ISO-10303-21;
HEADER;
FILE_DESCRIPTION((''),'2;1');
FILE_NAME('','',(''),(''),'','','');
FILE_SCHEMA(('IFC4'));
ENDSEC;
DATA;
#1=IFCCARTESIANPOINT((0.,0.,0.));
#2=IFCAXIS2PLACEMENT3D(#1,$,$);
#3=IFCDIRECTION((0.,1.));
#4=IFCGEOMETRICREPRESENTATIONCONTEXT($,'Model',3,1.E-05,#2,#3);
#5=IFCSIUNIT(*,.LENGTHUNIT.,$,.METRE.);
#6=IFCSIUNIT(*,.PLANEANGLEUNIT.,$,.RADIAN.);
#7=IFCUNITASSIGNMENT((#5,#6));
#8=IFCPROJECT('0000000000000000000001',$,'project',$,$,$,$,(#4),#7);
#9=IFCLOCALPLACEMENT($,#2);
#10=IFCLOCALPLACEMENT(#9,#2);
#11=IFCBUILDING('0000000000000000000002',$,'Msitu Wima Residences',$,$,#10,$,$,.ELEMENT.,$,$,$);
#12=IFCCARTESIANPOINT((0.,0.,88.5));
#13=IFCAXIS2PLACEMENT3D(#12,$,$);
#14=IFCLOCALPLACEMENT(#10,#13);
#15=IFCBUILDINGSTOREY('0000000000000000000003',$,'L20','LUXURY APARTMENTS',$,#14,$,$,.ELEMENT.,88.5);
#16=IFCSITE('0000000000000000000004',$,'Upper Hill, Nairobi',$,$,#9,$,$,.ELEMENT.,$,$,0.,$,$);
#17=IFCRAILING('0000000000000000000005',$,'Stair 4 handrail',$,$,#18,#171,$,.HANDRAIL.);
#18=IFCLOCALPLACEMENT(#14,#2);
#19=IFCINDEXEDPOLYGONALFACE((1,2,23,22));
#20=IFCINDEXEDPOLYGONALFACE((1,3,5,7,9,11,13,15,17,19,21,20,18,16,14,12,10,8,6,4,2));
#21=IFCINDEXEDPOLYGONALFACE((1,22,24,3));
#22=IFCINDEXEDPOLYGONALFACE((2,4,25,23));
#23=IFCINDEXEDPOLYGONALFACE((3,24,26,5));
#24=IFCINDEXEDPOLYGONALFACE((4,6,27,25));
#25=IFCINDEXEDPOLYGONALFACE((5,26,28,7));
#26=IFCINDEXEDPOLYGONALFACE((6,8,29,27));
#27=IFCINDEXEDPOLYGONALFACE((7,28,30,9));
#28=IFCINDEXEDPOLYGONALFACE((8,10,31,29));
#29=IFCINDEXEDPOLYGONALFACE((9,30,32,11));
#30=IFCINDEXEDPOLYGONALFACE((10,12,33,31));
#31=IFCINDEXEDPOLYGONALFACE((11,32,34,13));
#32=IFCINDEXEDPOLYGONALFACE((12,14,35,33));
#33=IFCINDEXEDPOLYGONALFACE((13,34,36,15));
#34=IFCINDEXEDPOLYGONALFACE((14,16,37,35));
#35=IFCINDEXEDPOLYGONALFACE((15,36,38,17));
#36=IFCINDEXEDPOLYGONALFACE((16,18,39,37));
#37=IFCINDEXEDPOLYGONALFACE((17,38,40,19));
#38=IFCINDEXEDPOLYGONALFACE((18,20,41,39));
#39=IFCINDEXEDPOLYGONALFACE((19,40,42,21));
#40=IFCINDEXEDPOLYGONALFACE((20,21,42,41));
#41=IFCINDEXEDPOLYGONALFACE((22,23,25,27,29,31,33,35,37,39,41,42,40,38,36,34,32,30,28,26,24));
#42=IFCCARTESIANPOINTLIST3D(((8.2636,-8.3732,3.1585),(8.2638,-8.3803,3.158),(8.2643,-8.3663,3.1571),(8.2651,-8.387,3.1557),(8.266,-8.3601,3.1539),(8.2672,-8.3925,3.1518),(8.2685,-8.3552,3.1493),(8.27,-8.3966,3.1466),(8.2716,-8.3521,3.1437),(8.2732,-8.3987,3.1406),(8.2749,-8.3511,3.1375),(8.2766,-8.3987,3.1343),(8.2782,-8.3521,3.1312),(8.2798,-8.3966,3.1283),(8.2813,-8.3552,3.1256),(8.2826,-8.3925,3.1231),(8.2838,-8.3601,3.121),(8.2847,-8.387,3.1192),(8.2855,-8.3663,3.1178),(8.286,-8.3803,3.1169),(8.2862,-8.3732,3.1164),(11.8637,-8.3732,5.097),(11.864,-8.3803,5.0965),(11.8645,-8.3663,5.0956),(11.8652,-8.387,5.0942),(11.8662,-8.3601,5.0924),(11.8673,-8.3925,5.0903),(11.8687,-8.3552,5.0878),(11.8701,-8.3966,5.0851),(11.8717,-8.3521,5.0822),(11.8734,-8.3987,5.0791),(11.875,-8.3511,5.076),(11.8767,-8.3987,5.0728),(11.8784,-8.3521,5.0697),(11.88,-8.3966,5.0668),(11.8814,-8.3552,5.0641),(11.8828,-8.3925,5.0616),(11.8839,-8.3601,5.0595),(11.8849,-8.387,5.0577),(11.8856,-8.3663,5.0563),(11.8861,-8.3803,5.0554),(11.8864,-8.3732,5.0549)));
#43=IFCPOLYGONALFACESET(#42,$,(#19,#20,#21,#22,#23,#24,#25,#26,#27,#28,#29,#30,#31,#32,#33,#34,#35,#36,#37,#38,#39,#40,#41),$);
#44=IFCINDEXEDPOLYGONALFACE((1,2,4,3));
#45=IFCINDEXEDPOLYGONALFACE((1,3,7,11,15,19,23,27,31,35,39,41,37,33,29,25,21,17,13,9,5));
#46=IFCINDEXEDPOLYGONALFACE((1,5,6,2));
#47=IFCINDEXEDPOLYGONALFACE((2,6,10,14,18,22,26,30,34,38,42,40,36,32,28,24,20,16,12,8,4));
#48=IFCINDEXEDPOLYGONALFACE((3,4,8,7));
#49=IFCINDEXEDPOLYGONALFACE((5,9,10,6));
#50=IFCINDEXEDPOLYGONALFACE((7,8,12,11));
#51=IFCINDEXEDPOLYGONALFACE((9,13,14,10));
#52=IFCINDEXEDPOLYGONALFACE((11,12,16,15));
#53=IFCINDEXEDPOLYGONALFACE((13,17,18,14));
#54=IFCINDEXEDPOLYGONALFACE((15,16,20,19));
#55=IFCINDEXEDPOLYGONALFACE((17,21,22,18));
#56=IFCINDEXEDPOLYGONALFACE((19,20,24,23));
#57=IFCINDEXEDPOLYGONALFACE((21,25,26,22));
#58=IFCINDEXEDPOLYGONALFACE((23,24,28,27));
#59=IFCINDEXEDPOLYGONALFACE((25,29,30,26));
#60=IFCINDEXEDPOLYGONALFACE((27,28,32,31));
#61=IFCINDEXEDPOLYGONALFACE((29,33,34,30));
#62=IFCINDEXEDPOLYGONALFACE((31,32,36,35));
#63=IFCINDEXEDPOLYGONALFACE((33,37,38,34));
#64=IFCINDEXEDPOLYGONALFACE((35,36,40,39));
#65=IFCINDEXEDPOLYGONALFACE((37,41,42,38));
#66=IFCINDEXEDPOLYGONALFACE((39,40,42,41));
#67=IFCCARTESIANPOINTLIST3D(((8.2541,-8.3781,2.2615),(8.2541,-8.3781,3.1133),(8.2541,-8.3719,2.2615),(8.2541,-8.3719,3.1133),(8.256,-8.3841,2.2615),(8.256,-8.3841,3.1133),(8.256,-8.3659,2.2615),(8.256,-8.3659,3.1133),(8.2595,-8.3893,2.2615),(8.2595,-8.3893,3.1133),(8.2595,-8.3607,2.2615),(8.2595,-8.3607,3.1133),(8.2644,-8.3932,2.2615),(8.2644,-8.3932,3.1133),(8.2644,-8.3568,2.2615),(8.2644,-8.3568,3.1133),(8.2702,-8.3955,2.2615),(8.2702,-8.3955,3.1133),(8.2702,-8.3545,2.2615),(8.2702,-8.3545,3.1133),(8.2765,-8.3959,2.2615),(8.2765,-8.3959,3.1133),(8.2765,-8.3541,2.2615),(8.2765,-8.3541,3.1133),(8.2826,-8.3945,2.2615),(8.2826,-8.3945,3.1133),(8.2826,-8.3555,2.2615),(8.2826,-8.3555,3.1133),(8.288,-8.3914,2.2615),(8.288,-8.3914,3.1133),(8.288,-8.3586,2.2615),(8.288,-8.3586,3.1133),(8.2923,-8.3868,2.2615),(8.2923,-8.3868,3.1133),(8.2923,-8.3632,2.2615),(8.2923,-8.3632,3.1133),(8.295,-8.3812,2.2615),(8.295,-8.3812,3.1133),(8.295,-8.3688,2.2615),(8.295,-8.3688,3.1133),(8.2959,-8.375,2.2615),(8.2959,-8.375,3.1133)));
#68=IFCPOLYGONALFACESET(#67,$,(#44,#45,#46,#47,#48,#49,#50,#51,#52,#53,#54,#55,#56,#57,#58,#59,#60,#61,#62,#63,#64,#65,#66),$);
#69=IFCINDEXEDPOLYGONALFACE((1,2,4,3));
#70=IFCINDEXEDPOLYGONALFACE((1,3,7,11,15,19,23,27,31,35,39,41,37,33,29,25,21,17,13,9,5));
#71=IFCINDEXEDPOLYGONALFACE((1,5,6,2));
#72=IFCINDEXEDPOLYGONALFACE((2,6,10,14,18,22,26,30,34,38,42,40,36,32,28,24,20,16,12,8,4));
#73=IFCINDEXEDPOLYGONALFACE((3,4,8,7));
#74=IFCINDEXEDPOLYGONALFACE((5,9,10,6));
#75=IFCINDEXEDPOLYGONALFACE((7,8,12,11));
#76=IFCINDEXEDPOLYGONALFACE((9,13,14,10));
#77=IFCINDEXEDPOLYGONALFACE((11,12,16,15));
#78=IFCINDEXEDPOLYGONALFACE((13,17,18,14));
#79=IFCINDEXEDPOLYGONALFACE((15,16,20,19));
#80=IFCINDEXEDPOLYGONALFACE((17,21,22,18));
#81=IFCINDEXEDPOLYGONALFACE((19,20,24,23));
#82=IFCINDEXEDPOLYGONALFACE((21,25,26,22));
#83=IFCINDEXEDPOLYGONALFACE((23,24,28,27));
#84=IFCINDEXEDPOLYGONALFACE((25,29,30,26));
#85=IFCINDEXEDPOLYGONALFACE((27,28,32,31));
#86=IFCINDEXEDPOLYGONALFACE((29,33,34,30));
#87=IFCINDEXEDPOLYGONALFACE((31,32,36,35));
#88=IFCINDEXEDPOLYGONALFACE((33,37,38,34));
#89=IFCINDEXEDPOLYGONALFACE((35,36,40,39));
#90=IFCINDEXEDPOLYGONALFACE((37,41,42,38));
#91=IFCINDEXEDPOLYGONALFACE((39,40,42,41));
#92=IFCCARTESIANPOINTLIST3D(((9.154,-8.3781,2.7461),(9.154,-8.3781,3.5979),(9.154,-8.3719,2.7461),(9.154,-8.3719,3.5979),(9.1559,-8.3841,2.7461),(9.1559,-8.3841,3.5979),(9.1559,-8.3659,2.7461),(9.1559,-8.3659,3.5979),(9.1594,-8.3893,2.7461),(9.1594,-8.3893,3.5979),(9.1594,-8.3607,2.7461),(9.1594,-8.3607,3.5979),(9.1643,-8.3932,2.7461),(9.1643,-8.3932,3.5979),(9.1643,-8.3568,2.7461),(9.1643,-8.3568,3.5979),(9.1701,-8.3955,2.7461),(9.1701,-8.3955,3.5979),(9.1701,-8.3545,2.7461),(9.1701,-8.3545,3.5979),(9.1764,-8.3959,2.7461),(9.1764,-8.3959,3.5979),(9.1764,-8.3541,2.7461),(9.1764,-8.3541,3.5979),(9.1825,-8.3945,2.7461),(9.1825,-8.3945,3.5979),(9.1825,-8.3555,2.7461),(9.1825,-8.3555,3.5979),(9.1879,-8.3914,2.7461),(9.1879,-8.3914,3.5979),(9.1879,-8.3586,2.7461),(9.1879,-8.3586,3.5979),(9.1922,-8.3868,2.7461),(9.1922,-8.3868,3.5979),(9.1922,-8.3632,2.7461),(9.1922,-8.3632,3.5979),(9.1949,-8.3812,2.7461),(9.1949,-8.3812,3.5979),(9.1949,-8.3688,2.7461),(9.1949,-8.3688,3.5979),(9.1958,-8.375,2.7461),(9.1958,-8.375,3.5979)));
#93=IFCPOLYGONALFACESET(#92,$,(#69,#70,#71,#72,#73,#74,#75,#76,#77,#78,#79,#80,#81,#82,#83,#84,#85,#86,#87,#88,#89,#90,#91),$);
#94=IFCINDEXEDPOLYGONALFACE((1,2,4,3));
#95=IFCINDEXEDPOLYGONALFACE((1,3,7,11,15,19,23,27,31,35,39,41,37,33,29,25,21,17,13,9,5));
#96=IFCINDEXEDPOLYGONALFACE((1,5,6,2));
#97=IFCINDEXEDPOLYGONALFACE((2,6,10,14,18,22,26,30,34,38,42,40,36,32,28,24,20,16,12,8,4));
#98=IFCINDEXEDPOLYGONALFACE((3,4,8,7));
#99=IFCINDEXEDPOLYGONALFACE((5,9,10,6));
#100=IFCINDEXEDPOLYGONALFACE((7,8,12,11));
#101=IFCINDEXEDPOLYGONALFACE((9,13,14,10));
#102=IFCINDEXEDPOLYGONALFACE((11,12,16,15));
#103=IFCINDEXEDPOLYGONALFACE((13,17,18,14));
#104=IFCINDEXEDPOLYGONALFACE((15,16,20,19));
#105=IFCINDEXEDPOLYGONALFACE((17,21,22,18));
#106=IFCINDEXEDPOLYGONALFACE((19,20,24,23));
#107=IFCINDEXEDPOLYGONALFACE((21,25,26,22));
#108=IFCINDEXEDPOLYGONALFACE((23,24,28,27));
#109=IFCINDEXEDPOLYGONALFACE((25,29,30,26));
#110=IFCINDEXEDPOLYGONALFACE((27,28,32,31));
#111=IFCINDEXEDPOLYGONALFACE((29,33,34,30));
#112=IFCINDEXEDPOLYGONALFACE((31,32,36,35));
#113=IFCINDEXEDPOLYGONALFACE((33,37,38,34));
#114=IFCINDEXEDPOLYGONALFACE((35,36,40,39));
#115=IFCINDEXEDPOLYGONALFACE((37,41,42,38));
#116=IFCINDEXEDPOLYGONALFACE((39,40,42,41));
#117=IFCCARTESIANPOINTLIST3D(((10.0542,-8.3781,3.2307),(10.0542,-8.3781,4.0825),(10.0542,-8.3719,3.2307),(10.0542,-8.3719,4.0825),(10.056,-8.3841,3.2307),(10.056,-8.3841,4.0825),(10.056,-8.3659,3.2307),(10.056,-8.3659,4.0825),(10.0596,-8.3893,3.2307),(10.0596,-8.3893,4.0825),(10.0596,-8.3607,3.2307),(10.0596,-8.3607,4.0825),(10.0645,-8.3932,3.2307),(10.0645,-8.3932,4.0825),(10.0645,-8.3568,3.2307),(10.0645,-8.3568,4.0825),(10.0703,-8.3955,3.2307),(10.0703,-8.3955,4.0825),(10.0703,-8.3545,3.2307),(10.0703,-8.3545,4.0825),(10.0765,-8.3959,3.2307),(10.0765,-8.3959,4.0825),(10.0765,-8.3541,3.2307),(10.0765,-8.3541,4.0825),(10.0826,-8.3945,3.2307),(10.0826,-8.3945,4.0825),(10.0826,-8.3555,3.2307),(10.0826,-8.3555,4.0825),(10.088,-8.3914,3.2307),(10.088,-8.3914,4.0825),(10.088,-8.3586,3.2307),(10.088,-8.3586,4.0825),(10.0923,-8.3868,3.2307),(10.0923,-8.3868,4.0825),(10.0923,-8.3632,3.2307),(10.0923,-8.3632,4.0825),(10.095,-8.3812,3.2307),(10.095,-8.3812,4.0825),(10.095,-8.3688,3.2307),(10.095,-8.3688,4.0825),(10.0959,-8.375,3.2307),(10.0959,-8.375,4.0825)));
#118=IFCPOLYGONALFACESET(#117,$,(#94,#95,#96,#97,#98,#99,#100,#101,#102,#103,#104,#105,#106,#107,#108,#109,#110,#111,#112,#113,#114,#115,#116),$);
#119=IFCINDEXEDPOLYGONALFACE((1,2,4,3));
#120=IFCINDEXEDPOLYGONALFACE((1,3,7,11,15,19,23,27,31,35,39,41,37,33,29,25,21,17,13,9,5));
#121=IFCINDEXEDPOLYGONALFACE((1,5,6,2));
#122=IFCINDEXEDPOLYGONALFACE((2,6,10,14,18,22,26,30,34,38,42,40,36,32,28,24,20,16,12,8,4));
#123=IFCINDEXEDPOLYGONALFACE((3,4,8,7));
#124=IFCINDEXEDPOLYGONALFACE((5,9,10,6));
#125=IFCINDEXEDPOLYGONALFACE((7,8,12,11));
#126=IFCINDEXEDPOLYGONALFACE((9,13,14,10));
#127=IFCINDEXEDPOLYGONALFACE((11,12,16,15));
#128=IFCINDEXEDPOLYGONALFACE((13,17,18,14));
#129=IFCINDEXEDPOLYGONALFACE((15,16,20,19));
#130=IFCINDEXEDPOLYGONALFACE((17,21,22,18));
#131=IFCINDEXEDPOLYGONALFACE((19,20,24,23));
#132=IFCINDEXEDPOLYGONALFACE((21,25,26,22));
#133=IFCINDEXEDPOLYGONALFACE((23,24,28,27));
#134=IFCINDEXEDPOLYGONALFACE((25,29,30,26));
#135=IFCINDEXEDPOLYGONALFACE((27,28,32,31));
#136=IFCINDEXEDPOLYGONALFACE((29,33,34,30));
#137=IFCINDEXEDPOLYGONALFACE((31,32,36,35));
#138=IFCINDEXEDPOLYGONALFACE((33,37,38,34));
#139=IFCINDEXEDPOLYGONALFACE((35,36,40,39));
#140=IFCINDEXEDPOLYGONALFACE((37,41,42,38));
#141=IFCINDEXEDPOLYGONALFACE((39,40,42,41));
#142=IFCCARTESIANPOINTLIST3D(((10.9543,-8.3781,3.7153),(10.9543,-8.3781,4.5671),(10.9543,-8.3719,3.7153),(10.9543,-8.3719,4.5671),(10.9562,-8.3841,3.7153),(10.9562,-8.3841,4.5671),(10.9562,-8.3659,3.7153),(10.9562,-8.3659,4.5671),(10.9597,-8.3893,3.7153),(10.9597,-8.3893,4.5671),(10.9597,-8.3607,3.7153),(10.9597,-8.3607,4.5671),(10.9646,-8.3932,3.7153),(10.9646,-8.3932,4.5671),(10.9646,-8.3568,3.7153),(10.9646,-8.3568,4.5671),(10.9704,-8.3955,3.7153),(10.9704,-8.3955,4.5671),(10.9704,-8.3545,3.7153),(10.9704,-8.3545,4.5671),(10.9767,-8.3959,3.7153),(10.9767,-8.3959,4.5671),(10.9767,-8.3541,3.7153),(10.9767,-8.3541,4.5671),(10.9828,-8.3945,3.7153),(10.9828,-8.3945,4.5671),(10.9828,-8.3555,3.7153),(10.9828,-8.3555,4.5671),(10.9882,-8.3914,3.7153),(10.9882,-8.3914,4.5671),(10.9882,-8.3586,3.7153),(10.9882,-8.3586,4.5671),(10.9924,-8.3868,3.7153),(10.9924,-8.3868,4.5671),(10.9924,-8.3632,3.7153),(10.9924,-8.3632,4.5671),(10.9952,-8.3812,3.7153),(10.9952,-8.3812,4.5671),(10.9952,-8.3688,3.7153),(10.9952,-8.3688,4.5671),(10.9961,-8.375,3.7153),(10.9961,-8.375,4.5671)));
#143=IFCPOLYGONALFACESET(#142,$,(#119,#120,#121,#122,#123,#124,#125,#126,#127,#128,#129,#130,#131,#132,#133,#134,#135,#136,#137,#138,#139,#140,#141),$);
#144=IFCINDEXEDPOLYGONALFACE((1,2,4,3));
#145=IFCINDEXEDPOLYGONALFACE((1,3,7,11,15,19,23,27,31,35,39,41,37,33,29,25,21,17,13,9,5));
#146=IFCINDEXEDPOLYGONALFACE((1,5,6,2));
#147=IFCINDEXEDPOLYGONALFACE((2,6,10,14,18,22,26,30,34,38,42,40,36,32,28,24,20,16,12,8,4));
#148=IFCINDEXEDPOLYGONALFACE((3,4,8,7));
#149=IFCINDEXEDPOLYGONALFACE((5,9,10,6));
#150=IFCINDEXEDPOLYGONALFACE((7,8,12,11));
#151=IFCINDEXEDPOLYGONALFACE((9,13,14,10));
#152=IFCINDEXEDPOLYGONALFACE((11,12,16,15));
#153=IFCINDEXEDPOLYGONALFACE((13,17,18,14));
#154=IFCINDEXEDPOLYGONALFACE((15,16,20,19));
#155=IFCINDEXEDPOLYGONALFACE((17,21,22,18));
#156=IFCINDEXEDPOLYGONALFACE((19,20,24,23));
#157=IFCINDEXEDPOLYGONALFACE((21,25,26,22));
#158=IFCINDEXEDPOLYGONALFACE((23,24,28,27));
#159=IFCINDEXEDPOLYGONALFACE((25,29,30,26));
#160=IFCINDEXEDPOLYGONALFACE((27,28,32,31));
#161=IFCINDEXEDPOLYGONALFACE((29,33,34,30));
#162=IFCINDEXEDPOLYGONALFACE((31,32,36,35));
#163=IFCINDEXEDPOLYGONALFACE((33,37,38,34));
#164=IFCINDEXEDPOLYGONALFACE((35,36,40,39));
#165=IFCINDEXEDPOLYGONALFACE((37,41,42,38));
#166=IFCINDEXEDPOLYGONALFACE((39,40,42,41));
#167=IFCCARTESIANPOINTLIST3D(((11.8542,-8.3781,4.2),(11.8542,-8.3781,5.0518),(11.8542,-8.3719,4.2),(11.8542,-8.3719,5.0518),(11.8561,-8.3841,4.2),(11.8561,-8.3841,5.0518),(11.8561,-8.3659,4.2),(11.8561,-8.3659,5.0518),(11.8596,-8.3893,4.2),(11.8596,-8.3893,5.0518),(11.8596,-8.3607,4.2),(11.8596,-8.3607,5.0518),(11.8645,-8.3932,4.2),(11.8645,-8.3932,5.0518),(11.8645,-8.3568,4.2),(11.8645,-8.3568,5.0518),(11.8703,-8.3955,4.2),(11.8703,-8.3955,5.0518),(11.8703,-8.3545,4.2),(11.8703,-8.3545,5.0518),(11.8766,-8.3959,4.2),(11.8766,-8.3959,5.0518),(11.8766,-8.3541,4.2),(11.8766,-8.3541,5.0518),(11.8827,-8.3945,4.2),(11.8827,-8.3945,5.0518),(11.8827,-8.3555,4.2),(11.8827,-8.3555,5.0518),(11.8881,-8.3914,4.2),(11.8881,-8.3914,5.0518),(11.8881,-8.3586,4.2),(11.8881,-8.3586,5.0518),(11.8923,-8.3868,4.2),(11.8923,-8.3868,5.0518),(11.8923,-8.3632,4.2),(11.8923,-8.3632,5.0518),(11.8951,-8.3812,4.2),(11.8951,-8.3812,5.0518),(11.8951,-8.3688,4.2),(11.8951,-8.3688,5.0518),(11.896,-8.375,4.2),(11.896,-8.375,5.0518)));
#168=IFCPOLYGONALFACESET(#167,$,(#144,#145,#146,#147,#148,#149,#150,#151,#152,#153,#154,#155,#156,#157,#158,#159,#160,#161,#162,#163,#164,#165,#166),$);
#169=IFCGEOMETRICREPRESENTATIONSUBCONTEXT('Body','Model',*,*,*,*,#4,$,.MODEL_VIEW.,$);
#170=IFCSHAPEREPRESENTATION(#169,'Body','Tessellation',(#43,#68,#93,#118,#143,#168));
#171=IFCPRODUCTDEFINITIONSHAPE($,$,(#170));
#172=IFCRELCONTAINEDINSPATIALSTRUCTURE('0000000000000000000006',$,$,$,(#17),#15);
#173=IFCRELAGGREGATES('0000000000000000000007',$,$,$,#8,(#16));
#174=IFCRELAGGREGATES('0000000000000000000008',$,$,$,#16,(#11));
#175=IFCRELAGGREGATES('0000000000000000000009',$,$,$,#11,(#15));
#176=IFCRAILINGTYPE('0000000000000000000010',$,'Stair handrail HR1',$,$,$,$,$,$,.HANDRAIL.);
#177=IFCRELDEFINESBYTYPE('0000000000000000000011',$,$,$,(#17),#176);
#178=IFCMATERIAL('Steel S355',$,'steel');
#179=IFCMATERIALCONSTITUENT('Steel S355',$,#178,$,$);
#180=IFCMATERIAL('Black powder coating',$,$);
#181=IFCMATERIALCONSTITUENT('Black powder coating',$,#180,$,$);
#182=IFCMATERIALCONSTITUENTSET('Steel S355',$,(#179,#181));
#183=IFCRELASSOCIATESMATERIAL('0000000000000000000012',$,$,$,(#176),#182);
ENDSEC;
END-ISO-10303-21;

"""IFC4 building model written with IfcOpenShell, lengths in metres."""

from ifc_helpers import new_model, si_unit, direction, frame, origin, origin_2d, place, context, subcontext, project, spatial, circle, extrude, material, constituent, constituent_set, type_object, element, save


model = new_model("IFC4")

# Units and contexts
model_context = context("Model", 3, precision=1e-05, world=origin(), true_north=direction((0.0, 1.0)))
body_context = subcontext(model_context, "Body", "Model", "MODEL_VIEW")
ifc_project = project(units=[si_unit("LENGTHUNIT", "METRE"), si_unit("PLANEANGLEUNIT", "RADIAN")], contexts=[model_context])

# Site, building, storey
site_placement = place(None, origin())
site = spatial("IfcSite", under=ifc_project, at=site_placement, Name="Upper Hill, Nairobi", CompositionType="ELEMENT", RefElevation=0.0)
building_placement = place(site_placement, origin())
building = spatial("IfcBuilding", under=site, at=building_placement, Name="Msitu Wima Residences", CompositionType="ELEMENT")
storey_placement = place(building_placement, frame((0.0, 0.0, 88.5)))
storey = spatial("IfcBuildingStorey", under=building, at=storey_placement, Name="L20", Description="LUXURY APARTMENTS", CompositionType="ELEMENT", Elevation=88.5)

# Railing
ifc_material_1 = material(Name="Steel S355", Category="steel")
ifc_constituent_1 = constituent(ifc_material_1, Name="Steel S355")
ifc_material_2 = material(Name="Black powder coating")
ifc_constituent_2 = constituent(ifc_material_2, Name="Black powder coating")
ifc_constituent_set = constituent_set(constituents=[ifc_constituent_1, ifc_constituent_2], Name="Steel S355")
railing_type = type_object("IfcRailingType", Name="Stair handrail HR1", PredefinedType="HANDRAIL", material=ifc_constituent_set)
for number, where, name in (
    (1, (8.2749, -8.375, 2.2615), "Stair 4 handrail"),
):
    element("IfcRailing", number, at=place(storey_placement, frame(where)), inside=storey, type_object=railing_type, Name=name, PredefinedType="HANDRAIL", context=body_context, shape_type="SweptSolid", body=[
        extrude(circle(Radius=0.0239, at=origin_2d()), frame((0.0, 0.0, 0.876), z_axis=(0.880475, 0.0, 0.474093), x_axis=(0.0, 1.0, 0.0)), (0.0, 0.0, 1.0), 4.0889),
        extrude(circle(Radius=0.021, at=origin_2d()), origin(), (0.0, 0.0, 1.0), 0.8518),
        extrude(circle(Radius=0.021, at=origin_2d()), frame((0.8999, 0.0, 0.4846)), (0.0, 0.0, 1.0), 0.8518),
        extrude(circle(Radius=0.021, at=origin_2d()), frame((1.8, 0.0, 0.9692)), (0.0, 0.0, 1.0), 0.8518),
        extrude(circle(Radius=0.021, at=origin_2d()), frame((2.7002, 0.0, 1.4539)), (0.0, 0.0, 1.0), 0.8518),
        extrude(circle(Radius=0.021, at=origin_2d()), frame((3.6001, 0.0, 1.9385)), (0.0, 0.0, 1.0), 0.8518),
    ])

save(model, "model.ifc")
